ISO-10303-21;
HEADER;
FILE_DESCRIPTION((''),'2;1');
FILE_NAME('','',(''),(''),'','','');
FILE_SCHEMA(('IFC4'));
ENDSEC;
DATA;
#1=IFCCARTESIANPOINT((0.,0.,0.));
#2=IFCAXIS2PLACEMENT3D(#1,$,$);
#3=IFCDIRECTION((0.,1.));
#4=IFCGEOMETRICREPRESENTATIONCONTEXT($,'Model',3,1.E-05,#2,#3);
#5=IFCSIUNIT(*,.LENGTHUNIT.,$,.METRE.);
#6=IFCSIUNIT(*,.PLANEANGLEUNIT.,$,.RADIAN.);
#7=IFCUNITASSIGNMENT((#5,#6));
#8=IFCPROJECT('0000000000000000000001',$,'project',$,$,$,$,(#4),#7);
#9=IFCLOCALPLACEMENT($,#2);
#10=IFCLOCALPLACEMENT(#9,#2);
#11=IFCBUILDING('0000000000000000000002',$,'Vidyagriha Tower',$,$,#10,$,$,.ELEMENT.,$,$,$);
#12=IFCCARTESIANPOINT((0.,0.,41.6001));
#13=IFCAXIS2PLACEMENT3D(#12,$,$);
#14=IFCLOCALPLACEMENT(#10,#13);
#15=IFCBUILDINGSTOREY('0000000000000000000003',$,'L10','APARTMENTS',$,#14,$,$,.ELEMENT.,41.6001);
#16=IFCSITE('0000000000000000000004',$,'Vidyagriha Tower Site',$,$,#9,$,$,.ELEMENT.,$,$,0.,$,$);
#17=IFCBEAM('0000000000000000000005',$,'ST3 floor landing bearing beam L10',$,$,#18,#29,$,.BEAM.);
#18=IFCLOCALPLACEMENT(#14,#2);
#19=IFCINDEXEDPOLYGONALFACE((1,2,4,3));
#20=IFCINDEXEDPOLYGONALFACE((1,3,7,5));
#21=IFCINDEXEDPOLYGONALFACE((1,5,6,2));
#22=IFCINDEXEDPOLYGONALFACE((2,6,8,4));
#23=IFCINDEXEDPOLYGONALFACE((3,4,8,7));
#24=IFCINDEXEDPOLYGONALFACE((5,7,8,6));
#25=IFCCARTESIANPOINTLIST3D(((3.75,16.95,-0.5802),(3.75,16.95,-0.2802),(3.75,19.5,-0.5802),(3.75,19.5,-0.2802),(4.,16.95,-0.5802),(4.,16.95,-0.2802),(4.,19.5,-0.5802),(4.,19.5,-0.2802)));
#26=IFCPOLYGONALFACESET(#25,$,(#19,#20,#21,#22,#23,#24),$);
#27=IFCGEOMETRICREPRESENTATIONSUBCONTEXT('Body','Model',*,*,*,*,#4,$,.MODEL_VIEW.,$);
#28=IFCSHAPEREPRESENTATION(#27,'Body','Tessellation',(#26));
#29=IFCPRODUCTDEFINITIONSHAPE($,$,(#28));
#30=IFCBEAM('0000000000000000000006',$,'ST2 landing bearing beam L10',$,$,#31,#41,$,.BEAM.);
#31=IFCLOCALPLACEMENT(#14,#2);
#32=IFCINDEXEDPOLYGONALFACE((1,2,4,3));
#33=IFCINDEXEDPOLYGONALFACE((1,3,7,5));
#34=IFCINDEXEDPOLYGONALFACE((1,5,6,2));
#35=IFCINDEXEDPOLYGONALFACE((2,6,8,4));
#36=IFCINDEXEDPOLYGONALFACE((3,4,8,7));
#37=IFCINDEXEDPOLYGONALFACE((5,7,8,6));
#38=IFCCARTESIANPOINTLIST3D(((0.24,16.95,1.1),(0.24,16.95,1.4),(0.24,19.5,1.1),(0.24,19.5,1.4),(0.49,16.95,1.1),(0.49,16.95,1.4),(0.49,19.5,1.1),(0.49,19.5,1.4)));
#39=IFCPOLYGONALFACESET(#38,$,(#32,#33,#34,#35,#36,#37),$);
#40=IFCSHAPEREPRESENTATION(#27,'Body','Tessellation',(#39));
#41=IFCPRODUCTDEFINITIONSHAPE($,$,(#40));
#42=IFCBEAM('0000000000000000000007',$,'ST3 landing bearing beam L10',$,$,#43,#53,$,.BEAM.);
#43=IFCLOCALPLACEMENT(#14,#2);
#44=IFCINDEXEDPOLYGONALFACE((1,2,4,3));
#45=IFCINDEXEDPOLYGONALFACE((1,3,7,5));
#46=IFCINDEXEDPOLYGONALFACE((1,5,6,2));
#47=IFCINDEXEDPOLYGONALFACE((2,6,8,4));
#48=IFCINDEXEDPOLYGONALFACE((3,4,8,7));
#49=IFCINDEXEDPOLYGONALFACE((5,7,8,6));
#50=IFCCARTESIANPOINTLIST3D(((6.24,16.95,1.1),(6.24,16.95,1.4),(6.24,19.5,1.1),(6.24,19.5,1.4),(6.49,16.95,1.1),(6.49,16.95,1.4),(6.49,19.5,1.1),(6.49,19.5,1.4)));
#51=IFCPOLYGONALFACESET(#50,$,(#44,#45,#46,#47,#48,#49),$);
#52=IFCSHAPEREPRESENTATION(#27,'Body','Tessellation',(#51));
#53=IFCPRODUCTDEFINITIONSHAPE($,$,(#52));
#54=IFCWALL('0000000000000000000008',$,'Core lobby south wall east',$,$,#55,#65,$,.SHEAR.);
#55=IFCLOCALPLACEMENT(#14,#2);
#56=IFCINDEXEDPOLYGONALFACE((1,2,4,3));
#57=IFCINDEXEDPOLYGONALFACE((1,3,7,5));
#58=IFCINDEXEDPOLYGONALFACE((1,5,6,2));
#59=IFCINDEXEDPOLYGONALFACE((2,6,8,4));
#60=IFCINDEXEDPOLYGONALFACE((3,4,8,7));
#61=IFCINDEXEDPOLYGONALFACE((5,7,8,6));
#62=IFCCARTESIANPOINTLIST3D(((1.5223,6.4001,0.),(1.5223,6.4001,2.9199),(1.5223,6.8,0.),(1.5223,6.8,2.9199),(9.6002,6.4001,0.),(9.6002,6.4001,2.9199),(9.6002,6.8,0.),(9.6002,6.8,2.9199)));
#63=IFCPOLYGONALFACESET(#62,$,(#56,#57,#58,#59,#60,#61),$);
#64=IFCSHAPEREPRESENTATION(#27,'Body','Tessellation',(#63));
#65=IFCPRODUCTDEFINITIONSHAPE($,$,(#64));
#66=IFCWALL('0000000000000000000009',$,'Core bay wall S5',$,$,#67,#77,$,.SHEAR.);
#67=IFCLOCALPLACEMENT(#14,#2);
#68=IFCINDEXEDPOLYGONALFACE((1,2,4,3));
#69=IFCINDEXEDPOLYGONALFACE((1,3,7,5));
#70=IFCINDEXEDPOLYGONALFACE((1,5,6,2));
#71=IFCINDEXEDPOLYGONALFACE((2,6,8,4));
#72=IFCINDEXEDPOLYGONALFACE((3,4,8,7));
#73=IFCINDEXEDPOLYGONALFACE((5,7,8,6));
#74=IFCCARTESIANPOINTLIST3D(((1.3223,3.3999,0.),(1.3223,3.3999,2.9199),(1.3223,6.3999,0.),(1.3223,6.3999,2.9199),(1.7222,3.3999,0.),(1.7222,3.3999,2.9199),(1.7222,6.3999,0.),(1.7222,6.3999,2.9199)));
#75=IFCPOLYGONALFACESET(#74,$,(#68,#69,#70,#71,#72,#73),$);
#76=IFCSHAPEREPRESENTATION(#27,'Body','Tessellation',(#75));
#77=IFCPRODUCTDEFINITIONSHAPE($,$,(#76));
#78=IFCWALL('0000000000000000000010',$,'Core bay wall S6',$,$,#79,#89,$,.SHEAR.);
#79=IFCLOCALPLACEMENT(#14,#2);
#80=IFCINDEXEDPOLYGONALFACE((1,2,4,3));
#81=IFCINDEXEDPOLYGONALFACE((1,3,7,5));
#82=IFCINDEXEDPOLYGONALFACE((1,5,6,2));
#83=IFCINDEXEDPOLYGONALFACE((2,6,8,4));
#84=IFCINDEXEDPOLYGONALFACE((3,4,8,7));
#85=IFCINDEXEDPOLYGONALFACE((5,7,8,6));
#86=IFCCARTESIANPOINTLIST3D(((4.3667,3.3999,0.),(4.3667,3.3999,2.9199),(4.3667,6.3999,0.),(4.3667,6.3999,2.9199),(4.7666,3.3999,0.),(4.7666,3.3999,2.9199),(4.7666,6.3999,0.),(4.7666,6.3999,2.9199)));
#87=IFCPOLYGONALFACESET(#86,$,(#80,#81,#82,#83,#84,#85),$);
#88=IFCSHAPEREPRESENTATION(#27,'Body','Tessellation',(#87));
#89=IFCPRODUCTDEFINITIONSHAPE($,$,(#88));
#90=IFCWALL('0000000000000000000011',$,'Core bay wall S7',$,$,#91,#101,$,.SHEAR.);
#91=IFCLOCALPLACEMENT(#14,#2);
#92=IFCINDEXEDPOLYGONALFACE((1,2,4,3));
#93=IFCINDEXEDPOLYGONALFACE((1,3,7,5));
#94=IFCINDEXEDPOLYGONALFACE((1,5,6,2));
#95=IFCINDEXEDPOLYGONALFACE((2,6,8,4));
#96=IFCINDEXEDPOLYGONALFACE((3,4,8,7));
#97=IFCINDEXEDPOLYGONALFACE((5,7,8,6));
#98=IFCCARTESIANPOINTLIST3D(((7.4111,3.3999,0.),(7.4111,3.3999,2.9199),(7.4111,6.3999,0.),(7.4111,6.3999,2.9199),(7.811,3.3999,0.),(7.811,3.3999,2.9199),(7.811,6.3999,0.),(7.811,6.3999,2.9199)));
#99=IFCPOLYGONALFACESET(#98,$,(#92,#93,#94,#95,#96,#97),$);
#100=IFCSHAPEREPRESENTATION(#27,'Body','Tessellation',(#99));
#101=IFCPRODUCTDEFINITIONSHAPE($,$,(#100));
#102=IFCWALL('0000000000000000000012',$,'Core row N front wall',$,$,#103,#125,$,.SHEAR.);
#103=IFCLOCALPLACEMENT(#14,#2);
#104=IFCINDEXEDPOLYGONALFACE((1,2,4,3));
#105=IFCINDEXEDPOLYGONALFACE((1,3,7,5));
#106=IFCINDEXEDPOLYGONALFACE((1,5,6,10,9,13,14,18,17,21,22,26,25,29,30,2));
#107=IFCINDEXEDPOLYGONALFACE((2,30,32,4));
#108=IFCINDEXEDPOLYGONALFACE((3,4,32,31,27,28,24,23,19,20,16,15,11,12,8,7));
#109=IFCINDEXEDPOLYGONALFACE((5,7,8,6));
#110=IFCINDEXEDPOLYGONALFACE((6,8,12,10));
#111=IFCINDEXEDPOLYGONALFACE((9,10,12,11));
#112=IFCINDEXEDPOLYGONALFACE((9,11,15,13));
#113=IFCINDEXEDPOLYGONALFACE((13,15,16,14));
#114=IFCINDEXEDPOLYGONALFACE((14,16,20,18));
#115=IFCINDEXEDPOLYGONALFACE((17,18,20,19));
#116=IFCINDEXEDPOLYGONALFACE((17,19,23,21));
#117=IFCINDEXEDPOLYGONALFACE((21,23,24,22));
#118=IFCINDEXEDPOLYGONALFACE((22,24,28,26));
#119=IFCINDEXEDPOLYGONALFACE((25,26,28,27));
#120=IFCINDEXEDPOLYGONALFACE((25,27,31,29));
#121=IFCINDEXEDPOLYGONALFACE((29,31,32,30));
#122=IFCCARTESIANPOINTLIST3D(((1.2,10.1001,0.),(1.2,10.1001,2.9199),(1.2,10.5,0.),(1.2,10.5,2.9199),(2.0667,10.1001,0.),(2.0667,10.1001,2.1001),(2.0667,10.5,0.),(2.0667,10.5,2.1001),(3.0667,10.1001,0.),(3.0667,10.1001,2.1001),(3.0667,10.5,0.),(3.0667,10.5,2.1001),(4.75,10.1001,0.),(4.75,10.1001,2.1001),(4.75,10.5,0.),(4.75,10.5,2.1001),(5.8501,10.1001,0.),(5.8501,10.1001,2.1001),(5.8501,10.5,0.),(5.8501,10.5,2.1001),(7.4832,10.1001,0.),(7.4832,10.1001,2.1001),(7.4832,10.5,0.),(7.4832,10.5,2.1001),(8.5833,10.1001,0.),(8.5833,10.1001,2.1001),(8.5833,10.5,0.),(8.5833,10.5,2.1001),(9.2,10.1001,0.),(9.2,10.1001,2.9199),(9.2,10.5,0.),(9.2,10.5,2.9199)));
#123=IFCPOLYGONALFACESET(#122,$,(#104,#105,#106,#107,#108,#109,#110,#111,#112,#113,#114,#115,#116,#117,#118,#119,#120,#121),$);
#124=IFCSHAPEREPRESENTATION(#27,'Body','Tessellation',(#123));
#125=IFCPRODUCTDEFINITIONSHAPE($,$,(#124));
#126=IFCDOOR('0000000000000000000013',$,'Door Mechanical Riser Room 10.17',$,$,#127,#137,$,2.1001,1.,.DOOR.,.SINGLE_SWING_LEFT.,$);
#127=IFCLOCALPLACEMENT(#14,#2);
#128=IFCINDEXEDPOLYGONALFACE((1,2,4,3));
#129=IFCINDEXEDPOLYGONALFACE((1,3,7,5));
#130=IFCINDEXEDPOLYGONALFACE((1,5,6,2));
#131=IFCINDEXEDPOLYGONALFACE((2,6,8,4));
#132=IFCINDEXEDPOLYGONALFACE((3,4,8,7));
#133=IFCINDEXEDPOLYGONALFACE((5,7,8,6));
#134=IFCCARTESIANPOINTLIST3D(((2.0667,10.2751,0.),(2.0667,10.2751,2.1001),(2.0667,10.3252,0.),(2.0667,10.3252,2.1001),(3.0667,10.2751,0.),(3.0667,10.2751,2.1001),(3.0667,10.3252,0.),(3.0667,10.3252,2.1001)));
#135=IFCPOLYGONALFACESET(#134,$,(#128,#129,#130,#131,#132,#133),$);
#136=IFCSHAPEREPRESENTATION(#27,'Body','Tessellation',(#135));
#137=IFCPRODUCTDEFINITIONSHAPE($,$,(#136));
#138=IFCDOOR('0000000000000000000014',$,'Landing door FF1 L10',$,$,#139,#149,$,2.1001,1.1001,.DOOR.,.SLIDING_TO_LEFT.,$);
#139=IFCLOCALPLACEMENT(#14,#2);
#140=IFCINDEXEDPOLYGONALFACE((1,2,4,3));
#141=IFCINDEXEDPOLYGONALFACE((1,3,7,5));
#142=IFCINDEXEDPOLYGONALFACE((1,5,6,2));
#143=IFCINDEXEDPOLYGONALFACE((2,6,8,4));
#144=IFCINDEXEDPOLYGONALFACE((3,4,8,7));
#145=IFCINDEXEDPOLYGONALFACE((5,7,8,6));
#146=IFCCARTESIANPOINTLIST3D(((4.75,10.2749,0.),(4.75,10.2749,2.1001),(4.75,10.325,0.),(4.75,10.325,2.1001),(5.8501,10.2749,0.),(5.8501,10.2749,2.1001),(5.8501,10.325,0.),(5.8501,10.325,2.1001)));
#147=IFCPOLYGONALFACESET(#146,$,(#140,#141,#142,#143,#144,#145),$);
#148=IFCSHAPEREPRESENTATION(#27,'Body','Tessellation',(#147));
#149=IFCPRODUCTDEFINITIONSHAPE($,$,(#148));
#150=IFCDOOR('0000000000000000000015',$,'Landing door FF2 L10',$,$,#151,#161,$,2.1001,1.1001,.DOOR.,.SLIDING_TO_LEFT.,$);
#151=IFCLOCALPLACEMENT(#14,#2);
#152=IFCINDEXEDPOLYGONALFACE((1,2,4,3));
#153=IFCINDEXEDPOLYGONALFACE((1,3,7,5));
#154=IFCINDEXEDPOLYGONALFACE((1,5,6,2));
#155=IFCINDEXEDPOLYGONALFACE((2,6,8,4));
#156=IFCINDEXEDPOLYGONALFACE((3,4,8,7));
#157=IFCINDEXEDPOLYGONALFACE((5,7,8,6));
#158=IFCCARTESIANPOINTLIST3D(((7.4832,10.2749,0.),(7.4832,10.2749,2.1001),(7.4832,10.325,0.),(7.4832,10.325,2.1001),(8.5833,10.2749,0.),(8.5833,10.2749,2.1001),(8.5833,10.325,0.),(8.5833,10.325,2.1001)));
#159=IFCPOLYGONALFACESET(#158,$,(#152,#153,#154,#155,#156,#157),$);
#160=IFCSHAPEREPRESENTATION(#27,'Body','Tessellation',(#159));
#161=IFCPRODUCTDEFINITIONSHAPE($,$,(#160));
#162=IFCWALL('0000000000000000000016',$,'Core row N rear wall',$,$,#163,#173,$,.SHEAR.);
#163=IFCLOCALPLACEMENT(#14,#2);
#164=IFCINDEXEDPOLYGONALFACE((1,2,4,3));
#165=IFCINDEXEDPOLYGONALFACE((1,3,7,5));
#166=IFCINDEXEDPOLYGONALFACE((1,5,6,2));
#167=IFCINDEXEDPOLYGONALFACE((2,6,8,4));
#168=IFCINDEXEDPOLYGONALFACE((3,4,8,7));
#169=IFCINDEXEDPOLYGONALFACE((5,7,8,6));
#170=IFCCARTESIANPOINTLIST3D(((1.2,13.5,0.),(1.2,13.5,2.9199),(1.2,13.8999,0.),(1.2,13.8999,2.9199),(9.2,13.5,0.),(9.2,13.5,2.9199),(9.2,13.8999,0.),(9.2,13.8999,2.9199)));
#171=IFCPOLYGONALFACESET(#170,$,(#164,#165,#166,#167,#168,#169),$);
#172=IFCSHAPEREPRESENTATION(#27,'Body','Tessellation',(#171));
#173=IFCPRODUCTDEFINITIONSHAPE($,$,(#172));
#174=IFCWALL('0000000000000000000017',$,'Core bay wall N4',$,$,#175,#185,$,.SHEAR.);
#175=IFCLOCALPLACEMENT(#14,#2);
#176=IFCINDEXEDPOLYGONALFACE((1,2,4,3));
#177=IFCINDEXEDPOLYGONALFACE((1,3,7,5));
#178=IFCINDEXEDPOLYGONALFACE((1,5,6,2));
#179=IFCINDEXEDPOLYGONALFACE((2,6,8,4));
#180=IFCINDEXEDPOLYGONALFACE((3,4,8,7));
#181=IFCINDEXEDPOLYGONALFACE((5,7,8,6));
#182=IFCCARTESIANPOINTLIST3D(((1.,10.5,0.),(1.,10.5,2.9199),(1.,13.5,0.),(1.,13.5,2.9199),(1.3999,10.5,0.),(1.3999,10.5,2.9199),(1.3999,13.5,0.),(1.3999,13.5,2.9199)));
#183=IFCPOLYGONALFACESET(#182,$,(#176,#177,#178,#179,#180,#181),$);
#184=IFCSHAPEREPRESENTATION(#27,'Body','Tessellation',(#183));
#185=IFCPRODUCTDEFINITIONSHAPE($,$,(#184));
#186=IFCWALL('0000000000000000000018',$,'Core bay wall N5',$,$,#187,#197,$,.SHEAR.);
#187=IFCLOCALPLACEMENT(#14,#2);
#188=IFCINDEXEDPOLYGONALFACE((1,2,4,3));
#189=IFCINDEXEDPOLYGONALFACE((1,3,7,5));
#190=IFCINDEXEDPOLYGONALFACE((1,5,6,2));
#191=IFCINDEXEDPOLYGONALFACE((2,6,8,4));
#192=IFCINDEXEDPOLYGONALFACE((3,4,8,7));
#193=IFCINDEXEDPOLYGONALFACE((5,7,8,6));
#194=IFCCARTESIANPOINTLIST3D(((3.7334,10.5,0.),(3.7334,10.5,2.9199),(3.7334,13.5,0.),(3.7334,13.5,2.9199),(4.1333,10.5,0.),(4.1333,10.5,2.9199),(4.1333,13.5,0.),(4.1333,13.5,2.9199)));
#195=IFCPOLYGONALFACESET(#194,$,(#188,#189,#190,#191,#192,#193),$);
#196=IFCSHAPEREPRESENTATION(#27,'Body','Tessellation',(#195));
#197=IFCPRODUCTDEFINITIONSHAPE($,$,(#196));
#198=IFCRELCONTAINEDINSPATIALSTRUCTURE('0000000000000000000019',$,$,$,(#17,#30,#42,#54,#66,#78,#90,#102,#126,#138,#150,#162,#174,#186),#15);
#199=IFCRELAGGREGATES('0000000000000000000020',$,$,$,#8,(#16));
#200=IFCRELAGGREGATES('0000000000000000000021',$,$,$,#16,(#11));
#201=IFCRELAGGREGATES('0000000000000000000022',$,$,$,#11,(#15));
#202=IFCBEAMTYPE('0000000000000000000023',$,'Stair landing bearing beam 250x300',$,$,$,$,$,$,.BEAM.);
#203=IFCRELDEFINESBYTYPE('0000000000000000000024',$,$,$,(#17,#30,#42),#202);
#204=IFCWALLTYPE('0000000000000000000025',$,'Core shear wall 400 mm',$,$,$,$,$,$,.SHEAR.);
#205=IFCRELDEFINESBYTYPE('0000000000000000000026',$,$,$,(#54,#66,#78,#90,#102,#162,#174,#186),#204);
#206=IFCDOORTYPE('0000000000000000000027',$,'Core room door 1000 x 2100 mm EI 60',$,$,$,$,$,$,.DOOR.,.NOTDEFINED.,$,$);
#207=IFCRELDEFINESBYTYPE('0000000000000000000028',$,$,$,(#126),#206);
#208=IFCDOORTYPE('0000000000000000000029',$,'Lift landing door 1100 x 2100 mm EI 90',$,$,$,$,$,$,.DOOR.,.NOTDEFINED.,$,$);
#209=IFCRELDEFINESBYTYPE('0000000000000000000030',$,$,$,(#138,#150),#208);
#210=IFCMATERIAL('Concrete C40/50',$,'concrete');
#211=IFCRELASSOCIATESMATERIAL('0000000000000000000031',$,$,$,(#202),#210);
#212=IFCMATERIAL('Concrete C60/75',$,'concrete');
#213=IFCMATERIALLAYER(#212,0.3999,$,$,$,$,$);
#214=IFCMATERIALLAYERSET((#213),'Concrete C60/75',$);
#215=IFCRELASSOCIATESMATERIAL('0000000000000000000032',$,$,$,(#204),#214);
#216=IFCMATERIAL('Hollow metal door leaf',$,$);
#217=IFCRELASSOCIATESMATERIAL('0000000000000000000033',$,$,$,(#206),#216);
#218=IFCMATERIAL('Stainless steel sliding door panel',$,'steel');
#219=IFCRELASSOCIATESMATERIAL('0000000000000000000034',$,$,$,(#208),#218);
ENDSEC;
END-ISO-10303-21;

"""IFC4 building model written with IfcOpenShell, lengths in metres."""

from ifc_helpers import new_model, si_unit, direction, frame, frame_2d, origin, origin_2d, place, context, subcontext, project, spatial, rectangle, extrude, material, layer, layer_set, material_profile, profile_set, type_object, element, fill, save


model = new_model("IFC4")

# Units and contexts
model_context = context("Model", 3, precision=1e-05, world=origin(), true_north=direction((0.0, 1.0)))
body_context = subcontext(model_context, "Body", "Model", "MODEL_VIEW")
ifc_project = project(units=[si_unit("LENGTHUNIT", "METRE"), si_unit("PLANEANGLEUNIT", "RADIAN")], contexts=[model_context])

# Site, building, storey
site_placement = place(None, origin())
site = spatial("IfcSite", under=ifc_project, at=site_placement, Name="Vidyagriha Tower Site", CompositionType="ELEMENT", RefElevation=0.0)
building_placement = place(site_placement, origin())
building = spatial("IfcBuilding", under=site, at=building_placement, Name="Vidyagriha Tower", CompositionType="ELEMENT")
storey_placement = place(building_placement, frame((0.0, 0.0, 41.6001)))
storey = spatial("IfcBuildingStorey", under=building, at=storey_placement, Name="L10", Description="APARTMENTS", CompositionType="ELEMENT", Elevation=41.6001)

# Beams
ifc_material_1 = material(Name="Concrete C40/50", Category="concrete")
ifc_material_profile = material_profile(ifc_material_1, rectangle(XDim=0.25, YDim=0.3, at=origin_2d()), Name="Stair landing bearing beam 250x300")
ifc_profile_set = profile_set([ifc_material_profile], Name="Concrete C40/50")
beam_type = type_object("IfcBeamType", Name="Stair landing bearing beam 250x300", PredefinedType="BEAM", material=ifc_profile_set)
for number, where, z_axis, x_axis, name in (
    (1, (3.875, 16.95, -0.4302), (0.0, 1.0, 0.0), (-1.0, 0.0, 0.0), "ST3 floor landing bearing beam L10"),
    (2, (0.365, 16.95, 1.25), (0.0, 1.0, 0.0), (-1.0, 0.0, 0.0), "ST2 landing bearing beam L10"),
    (3, (6.365, 16.95, 1.25), (0.0, 1.0, 0.0), (-1.0, 0.0, 0.0), "ST3 landing bearing beam L10"),
):
    element("IfcBeam", number, at=place(storey_placement, frame(where, z_axis=z_axis, x_axis=x_axis)), inside=storey, type_object=beam_type, Name=name, PredefinedType="BEAM", context=body_context, shape_type="SweptSolid", body=[
        extrude(rectangle(XDim=0.25, YDim=0.3, at=origin_2d()), origin(), (0.0, 0.0, 1.0), 2.55),
    ])

# Walls
ifc_material_2 = material(Name="Concrete C60/75", Category="concrete")
ifc_layer_1 = layer(ifc_material_2, 0.3999)
ifc_layer_set_1 = layer_set([ifc_layer_1], Name="Concrete C60/75")
wall_type_1 = type_object("IfcWallType", Name="Core shear wall 400 mm", PredefinedType="SHEAR", material=ifc_layer_set_1)
wall_1_placement = place(storey_placement, frame((1.5222, 6.6001, 0.0)))
element("IfcWall", 4, at=wall_1_placement, inside=storey, type_object=wall_type_1, Name="Core lobby south wall east", PredefinedType="SHEAR", context=body_context, shape_type="SweptSolid", body=[
    extrude(rectangle(XDim=8.0779, YDim=0.3999, at=frame_2d((4.0391, 0.0))), origin(), (0.0, 0.0, 1.0), 2.9199),
])
for number, where, z_axis, x_axis, name in (
    (5, (1.5222, 3.3999, 0.0), (0.0, 0.0, 1.0), (0.0, 1.0, 0.0), "Core bay wall S5"),
    (6, (4.5667, 3.3999, 0.0), (0.0, 0.0, 1.0), (0.0, 1.0, 0.0), "Core bay wall S6"),
    (7, (7.6111, 3.3999, 0.0), (0.0, 0.0, 1.0), (0.0, 1.0, 0.0), "Core bay wall S7"),
):
    element("IfcWall", number, at=place(storey_placement, frame(where, z_axis=z_axis, x_axis=x_axis)), inside=storey, type_object=wall_type_1, Name=name, PredefinedType="SHEAR", context=body_context, shape_type="SweptSolid", body=[
        extrude(rectangle(XDim=3.0, YDim=0.3999, at=frame_2d((1.5, 0.0))), origin(), (0.0, 0.0, 1.0), 2.9199),
    ])

# Wall, openings, doors
wall_2_placement = place(storey_placement, frame((1.2, 10.3, 0.0)))
wall_2 = element("IfcWall", 8, at=wall_2_placement, inside=storey, type_object=wall_type_1, Name="Core row N front wall", PredefinedType="SHEAR", context=body_context, shape_type="SweptSolid", body=[
    extrude(rectangle(XDim=8.0, YDim=0.3999, at=frame_2d((4.0, 0.0))), origin(), (0.0, 0.0, 1.0), 2.9199),
])
opening_1_placement = place(wall_2_placement, frame((3.55, 0.0, 0.0)))
opening_1 = element("IfcOpeningElement", 9, at=opening_1_placement, cuts=wall_2, PredefinedType="OPENING", context=body_context, shape_type="SweptSolid", body=[
    extrude(rectangle(XDim=1.1001, YDim=2.1001, at=frame_2d((0.55, 1.05))), frame((0.0, 0.21, 0.0), z_axis=(0.0, -1.0, 0.0), x_axis=(1.0, 0.0, 0.0)), (0.0, 0.0, 1.0), 0.4199),
])
opening_2_placement = place(wall_2_placement, frame((6.2832, 0.0, 0.0)))
opening_2 = element("IfcOpeningElement", 10, at=opening_2_placement, cuts=wall_2, PredefinedType="OPENING", context=body_context, shape_type="SweptSolid", body=[
    extrude(rectangle(XDim=1.1001, YDim=2.1001, at=frame_2d((0.55, 1.05))), frame((0.0, 0.21, 0.0), z_axis=(0.0, -1.0, 0.0), x_axis=(1.0, 0.0, 0.0)), (0.0, 0.0, 1.0), 0.4199),
])
opening_3_placement = place(wall_2_placement, frame((0.8667, 0.0, 0.0)))
opening_3 = element("IfcOpeningElement", 11, at=opening_3_placement, cuts=wall_2, PredefinedType="OPENING", context=body_context, shape_type="SweptSolid", body=[
    extrude(rectangle(XDim=1.0, YDim=2.1001, at=frame_2d((0.5, 1.05))), frame((0.0, 0.21, 0.0), z_axis=(0.0, -1.0, 0.0), x_axis=(1.0, 0.0, 0.0)), (0.0, 0.0, 1.0), 0.4199),
])
ifc_material_3 = material(Name="Hollow metal door leaf")
door_type_1 = type_object("IfcDoorType", Name="Core room door 1000 x 2100 mm EI 60", OperationType="NOTDEFINED", PredefinedType="DOOR", material=ifc_material_3)
door_1_placement = place(opening_3_placement, frame((1.0, 0.0, 0.0), z_axis=(0.0, 0.0, 1.0), x_axis=(-1.0, 0.0, 0.0)))
door_1 = element("IfcDoor", 12, at=door_1_placement, inside=storey, type_object=door_type_1, Name="Door Mechanical Riser Room 10.17", OperationType="SINGLE_SWING_LEFT", OverallHeight=2.1001, OverallWidth=1.0, PredefinedType="DOOR", context=body_context, shape_type="SweptSolid", body=[
    extrude(rectangle(XDim=1.0, YDim=2.1001, at=frame_2d((0.5, 1.05))), frame((0.0, 0.0249, 0.0), z_axis=(0.0, -1.0, 0.0), x_axis=(1.0, 0.0, 0.0)), (0.0, 0.0, 1.0), 0.05),
])
fill(opening_3, door_1)
ifc_material_4 = material(Name="Stainless steel sliding door panel", Category="steel")
door_type_2 = type_object("IfcDoorType", Name="Lift landing door 1100 x 2100 mm EI 90", OperationType="NOTDEFINED", PredefinedType="DOOR", material=ifc_material_4)
door_2_placement = place(opening_1_placement, origin())
door_2 = element("IfcDoor", 13, at=door_2_placement, inside=storey, type_object=door_type_2, Name="Landing door FF1 L10", OperationType="SLIDING_TO_LEFT", OverallHeight=2.1001, OverallWidth=1.1001, PredefinedType="DOOR", context=body_context, shape_type="SweptSolid", body=[
    extrude(rectangle(XDim=1.1001, YDim=2.1001, at=frame_2d((0.55, 1.05))), frame((0.0, 0.0249, 0.0), z_axis=(0.0, -1.0, 0.0), x_axis=(1.0, 0.0, 0.0)), (0.0, 0.0, 1.0), 0.05),
])
fill(opening_1, door_2)
door_3_placement = place(opening_2_placement, origin())
door_3 = element("IfcDoor", 14, at=door_3_placement, inside=storey, type_object=door_type_2, Name="Landing door FF2 L10", OperationType="SLIDING_TO_LEFT", OverallHeight=2.1001, OverallWidth=1.1001, PredefinedType="DOOR", context=body_context, shape_type="SweptSolid", body=[
    extrude(rectangle(XDim=1.1001, YDim=2.1001, at=frame_2d((0.55, 1.05))), frame((0.0, 0.0249, 0.0), z_axis=(0.0, -1.0, 0.0), x_axis=(1.0, 0.0, 0.0)), (0.0, 0.0, 1.0), 0.05),
])
fill(opening_2, door_3)

# Walls
wall_3_placement = place(storey_placement, frame((1.2, 13.7, 0.0)))
element("IfcWall", 15, at=wall_3_placement, inside=storey, type_object=wall_type_1, Name="Core row N rear wall", PredefinedType="SHEAR", context=body_context, shape_type="SweptSolid", body=[
    extrude(rectangle(XDim=8.0, YDim=0.3999, at=frame_2d((4.0, 0.0))), origin(), (0.0, 0.0, 1.0), 2.9199),
])
for number, where, z_axis, x_axis, name in (
    (16, (1.2, 10.5, 0.0), (0.0, 0.0, 1.0), (0.0, 1.0, 0.0), "Core bay wall N4"),
    (17, (3.9333, 10.5, 0.0), (0.0, 0.0, 1.0), (0.0, 1.0, 0.0), "Core bay wall N5"),
):
    element("IfcWall", number, at=place(storey_placement, frame(where, z_axis=z_axis, x_axis=x_axis)), inside=storey, type_object=wall_type_1, Name=name, PredefinedType="SHEAR", context=body_context, shape_type="SweptSolid", body=[
        extrude(rectangle(XDim=3.0, YDim=0.3999, at=frame_2d((1.5, 0.0))), origin(), (0.0, 0.0, 1.0), 2.9199),
    ])

save(model, "model.ifc")
